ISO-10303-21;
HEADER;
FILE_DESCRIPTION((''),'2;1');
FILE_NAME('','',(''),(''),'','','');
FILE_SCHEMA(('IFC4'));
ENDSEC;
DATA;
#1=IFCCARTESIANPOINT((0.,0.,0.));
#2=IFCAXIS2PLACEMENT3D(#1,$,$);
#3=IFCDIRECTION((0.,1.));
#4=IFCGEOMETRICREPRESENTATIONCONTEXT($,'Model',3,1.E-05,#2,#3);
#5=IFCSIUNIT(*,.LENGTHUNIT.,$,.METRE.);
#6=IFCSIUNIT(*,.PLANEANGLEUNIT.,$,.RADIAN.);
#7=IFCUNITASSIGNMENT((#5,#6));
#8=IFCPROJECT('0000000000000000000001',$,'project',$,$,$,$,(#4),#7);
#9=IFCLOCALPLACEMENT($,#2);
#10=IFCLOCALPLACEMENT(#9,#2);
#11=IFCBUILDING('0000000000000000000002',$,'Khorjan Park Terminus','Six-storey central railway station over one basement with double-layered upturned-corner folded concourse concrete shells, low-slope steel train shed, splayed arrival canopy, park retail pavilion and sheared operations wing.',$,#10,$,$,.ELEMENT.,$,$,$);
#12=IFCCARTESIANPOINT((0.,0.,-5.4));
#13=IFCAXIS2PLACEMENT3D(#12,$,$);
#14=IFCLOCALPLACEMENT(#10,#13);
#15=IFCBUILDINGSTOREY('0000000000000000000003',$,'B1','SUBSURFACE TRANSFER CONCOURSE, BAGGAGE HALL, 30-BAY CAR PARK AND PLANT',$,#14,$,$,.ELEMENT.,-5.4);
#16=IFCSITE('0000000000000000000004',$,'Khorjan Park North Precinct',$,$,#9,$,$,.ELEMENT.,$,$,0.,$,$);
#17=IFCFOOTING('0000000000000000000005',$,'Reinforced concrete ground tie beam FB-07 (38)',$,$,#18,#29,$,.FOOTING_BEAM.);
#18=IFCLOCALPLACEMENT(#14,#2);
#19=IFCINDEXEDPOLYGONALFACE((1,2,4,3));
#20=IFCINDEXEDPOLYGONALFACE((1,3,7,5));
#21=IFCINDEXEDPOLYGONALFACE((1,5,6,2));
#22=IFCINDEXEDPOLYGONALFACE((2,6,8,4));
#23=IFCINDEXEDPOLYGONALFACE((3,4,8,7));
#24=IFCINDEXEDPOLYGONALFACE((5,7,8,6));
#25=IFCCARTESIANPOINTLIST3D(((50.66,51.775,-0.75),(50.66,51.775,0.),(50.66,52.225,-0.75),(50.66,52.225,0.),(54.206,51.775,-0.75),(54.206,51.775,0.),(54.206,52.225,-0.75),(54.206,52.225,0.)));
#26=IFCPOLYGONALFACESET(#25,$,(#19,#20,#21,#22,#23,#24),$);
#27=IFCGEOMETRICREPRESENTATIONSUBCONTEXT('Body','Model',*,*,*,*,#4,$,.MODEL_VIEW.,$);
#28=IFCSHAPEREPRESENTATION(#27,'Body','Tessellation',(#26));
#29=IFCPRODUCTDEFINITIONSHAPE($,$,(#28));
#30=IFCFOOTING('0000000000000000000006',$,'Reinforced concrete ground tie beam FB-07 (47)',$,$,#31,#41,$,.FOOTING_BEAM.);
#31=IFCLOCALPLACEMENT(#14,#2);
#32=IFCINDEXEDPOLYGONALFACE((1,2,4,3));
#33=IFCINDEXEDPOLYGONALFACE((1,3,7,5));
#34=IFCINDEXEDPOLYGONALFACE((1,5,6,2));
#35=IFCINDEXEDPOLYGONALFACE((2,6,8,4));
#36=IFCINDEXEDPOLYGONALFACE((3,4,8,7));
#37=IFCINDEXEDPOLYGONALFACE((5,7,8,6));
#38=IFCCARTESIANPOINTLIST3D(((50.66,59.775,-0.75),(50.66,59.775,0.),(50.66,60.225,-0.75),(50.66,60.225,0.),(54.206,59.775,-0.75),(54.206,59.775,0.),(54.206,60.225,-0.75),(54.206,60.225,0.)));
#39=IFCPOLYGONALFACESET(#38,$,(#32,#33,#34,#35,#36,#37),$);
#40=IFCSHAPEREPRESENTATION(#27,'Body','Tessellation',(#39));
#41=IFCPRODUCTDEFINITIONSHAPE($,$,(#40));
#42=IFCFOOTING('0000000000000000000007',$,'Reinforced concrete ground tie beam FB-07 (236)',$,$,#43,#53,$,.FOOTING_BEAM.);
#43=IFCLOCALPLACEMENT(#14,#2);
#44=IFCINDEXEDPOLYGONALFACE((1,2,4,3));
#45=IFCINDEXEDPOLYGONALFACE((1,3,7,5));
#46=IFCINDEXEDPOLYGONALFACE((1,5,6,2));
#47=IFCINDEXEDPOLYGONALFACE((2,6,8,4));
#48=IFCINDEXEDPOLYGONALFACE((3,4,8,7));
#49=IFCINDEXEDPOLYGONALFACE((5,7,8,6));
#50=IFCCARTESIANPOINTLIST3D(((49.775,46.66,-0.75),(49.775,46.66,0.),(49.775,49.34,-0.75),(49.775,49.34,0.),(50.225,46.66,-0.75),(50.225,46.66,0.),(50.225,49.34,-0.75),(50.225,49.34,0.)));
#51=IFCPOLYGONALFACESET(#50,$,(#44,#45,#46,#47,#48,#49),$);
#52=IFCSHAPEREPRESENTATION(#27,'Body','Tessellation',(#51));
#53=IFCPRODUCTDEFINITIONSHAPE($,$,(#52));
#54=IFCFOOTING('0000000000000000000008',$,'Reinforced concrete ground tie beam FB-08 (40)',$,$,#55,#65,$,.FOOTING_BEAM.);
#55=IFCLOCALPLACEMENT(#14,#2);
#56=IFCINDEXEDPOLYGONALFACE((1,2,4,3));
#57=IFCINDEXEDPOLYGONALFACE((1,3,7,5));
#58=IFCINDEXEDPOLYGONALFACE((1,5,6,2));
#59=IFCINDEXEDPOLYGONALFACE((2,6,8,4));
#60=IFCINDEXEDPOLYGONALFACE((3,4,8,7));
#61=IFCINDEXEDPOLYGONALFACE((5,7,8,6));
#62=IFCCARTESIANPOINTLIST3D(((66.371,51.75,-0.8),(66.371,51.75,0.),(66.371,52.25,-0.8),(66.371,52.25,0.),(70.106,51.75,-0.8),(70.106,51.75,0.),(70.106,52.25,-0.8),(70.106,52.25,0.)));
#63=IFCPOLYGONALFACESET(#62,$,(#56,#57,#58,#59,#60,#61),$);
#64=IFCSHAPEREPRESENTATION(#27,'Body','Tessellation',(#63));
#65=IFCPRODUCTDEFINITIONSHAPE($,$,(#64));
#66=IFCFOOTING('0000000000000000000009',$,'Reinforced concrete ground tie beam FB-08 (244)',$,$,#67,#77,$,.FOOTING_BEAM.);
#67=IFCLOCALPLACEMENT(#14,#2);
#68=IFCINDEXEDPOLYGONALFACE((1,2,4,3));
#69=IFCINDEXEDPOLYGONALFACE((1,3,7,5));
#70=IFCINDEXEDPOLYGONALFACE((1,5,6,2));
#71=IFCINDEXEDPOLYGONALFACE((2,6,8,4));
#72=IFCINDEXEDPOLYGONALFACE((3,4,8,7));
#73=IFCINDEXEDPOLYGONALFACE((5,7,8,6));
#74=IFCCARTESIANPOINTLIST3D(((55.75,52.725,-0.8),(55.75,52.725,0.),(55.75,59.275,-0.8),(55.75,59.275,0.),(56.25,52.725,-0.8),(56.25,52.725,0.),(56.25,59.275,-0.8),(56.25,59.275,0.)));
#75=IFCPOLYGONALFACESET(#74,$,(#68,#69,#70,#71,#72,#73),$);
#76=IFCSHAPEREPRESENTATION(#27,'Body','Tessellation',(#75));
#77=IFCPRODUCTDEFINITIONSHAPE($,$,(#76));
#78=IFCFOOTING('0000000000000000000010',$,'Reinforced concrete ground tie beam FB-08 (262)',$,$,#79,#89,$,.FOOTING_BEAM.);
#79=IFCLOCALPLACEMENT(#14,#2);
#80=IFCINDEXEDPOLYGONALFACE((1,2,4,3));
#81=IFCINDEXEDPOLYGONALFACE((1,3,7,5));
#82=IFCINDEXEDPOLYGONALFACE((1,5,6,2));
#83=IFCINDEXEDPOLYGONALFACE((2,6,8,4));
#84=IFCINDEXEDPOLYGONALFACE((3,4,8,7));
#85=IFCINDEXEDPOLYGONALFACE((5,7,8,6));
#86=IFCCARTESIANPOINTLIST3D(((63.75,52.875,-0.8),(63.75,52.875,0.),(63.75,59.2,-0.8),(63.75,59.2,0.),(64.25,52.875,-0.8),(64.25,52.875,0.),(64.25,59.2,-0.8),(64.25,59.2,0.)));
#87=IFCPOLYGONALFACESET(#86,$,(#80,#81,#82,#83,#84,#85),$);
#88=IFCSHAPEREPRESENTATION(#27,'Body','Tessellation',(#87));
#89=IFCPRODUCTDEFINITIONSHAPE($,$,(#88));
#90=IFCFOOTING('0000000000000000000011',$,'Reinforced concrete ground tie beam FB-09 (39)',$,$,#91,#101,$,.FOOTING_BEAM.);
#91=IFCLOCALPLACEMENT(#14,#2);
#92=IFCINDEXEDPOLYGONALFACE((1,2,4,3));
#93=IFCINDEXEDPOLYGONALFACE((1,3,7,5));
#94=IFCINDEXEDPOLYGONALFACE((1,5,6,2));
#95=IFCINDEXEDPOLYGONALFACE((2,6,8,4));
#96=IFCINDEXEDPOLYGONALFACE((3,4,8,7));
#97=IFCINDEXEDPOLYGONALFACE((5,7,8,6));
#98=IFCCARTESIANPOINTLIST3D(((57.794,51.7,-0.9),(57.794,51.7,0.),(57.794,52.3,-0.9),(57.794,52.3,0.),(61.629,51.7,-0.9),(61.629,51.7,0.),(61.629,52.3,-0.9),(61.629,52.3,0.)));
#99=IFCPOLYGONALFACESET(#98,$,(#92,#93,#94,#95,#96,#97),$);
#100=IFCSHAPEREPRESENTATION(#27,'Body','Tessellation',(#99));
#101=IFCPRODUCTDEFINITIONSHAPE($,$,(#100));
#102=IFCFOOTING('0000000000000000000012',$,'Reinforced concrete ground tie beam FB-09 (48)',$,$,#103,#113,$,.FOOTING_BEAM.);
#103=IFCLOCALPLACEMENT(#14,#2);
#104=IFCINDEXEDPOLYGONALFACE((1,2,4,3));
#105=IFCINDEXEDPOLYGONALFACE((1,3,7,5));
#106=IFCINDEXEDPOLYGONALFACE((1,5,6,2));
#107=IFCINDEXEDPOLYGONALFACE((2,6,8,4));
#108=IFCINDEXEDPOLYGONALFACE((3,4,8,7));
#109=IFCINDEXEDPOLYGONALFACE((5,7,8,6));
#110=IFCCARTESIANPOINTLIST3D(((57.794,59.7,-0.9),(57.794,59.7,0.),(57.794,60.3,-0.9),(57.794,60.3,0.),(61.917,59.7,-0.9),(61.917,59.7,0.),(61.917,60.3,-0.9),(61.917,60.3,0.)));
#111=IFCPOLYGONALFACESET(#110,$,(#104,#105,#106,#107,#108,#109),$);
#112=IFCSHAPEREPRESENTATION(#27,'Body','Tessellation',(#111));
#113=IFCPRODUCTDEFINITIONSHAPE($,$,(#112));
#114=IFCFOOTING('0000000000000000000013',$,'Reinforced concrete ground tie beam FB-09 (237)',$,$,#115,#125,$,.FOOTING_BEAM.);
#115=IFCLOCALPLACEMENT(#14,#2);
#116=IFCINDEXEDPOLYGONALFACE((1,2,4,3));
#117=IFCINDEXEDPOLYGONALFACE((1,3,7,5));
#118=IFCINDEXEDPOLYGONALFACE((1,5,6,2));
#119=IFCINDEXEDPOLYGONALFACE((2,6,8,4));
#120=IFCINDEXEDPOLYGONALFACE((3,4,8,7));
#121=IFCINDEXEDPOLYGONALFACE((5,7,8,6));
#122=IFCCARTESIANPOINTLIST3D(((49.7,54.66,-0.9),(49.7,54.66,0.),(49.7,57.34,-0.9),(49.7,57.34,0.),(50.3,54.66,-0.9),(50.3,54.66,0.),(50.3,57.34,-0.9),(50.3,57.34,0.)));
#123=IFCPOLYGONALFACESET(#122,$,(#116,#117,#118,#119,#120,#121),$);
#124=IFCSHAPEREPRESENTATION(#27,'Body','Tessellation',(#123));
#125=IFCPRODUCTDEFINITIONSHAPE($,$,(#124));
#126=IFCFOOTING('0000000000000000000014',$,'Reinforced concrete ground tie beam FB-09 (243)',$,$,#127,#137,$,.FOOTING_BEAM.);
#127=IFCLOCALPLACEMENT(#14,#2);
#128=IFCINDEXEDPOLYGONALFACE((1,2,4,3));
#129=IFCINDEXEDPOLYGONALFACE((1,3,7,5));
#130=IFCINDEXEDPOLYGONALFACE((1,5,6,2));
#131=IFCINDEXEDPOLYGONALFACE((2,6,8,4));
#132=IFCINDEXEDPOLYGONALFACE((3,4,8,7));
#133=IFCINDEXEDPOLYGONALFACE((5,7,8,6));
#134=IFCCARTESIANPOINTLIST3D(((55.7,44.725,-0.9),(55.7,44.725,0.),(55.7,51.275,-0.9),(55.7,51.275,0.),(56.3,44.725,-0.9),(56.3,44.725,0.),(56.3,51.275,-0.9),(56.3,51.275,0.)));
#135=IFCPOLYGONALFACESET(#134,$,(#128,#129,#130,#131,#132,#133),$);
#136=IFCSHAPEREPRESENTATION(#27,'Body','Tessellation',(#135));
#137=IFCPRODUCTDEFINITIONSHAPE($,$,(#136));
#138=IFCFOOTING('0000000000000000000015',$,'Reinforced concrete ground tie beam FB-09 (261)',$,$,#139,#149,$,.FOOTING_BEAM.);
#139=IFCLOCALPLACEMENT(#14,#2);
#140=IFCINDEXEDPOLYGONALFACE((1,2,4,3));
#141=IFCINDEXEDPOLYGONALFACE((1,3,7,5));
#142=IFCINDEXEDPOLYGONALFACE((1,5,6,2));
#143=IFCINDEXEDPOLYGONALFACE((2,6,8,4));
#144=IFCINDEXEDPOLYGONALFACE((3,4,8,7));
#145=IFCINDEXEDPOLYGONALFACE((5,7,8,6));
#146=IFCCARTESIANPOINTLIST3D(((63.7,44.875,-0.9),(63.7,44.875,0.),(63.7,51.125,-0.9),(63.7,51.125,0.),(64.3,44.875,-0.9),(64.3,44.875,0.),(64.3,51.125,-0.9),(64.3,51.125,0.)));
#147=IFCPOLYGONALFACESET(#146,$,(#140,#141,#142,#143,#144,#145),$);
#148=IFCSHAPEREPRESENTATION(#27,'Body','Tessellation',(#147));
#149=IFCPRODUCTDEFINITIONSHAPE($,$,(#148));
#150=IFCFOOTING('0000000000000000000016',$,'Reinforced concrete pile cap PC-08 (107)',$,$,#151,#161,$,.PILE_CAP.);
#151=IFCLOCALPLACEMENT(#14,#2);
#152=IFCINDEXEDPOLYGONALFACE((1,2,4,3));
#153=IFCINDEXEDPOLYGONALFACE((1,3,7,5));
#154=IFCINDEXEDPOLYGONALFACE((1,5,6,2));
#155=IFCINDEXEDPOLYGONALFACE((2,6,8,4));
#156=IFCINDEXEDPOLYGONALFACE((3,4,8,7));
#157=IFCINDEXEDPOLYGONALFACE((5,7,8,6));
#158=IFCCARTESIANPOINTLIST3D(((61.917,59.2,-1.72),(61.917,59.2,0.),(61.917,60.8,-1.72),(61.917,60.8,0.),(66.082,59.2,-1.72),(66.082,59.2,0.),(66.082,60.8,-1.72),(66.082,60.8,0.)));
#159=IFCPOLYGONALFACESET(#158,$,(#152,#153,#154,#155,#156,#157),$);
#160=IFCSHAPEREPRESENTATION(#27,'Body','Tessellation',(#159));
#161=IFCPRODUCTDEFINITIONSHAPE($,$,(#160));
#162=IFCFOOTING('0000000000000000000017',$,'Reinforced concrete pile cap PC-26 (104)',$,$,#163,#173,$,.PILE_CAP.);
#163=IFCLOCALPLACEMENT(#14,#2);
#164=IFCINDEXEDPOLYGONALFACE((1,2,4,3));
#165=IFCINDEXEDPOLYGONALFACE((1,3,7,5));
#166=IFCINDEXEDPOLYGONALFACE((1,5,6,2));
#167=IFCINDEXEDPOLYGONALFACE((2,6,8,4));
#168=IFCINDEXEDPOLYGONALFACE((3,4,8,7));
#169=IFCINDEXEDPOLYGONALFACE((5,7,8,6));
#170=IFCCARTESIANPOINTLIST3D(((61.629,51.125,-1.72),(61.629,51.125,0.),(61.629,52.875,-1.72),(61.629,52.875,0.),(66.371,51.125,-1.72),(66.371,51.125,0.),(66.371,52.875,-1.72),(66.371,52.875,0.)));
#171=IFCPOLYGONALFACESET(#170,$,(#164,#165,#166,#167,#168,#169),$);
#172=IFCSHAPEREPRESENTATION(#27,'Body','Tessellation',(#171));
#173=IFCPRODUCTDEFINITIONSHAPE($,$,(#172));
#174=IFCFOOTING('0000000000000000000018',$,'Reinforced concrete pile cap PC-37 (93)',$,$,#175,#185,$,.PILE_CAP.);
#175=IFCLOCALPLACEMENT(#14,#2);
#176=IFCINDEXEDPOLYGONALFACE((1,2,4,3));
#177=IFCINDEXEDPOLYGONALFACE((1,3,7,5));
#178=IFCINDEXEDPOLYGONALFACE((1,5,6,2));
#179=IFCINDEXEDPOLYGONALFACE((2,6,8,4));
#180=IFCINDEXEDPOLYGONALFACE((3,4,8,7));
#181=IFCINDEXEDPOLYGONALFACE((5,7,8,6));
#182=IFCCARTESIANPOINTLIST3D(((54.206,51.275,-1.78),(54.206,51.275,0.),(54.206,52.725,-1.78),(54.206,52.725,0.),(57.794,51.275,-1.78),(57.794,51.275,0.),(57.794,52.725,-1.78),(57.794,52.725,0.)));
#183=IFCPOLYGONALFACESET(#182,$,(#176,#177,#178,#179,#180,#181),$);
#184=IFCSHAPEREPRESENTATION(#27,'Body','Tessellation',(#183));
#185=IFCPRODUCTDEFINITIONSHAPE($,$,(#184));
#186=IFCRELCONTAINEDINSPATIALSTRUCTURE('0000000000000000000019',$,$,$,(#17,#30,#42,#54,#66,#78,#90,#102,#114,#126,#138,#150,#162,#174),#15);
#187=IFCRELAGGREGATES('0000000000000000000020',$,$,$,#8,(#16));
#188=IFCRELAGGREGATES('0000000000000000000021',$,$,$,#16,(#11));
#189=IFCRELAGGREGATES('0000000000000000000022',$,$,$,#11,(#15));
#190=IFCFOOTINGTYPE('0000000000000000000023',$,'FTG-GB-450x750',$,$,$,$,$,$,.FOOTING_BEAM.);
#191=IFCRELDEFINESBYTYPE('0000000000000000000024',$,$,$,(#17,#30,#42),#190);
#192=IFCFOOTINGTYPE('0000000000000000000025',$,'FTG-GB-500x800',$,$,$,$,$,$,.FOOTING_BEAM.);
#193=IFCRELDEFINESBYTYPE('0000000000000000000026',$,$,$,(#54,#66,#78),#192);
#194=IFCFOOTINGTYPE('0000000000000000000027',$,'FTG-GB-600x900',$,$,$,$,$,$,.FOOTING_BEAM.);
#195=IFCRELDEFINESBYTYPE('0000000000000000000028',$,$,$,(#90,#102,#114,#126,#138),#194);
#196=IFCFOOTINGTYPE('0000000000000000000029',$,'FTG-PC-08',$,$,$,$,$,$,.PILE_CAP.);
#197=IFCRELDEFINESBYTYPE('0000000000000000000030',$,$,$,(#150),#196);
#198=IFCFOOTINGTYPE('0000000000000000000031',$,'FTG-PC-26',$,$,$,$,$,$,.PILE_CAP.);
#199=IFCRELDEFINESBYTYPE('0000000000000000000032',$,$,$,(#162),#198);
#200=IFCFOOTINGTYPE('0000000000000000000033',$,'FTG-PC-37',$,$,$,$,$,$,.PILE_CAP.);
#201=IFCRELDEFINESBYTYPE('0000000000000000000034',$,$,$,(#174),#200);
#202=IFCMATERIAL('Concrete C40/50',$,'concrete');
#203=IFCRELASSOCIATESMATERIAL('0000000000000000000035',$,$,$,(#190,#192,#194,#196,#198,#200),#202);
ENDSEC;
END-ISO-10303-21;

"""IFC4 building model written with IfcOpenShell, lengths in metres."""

from ifc_helpers import new_model, si_unit, direction, frame, origin, origin_2d, place, context, subcontext, project, spatial, rectangle, extrude, material, material_profile, profile_set, type_object, element, save


model = new_model("IFC4")

# Units and contexts
model_context = context("Model", 3, precision=1e-05, world=origin(), true_north=direction((0.0, 1.0)))
body_context = subcontext(model_context, "Body", "Model", "MODEL_VIEW")
ifc_project = project(units=[si_unit("LENGTHUNIT", "METRE"), si_unit("PLANEANGLEUNIT", "RADIAN")], contexts=[model_context])

# Site, building, storey
site_placement = place(None, origin())
site = spatial("IfcSite", under=ifc_project, at=site_placement, Name="Khorjan Park North Precinct", CompositionType="ELEMENT", RefElevation=0.0)
building_placement = place(site_placement, origin())
building = spatial("IfcBuilding", under=site, at=building_placement, Name="Khorjan Park Terminus", Description="Six-storey central railway station over one basement with double-layered upturned-corner folded concourse concrete shells, low-slope steel train shed, splayed arrival canopy, park retail pavilion and sheared operations wing.", CompositionType="ELEMENT")
storey_placement = place(building_placement, frame((0.0, 0.0, -5.4)))
storey = spatial("IfcBuildingStorey", under=building, at=storey_placement, Name="B1", Description="SUBSURFACE TRANSFER CONCOURSE, BAGGAGE HALL, 30-BAY CAR PARK AND PLANT", CompositionType="ELEMENT", Elevation=-5.4)

# Footings
ifc_material_1 = material(Name="Concrete C40/50", Category="concrete")
ifc_material_profile_1 = material_profile(ifc_material_1, rectangle(XDim=0.45, YDim=0.75, at=origin_2d()), Name="RC 450x750")
ifc_profile_set_1 = profile_set([ifc_material_profile_1], Name="Concrete C40/50")
footing_type_1 = type_object("IfcFootingType", Name="FTG-GB-450x750", PredefinedType="FOOTING_BEAM", material=ifc_profile_set_1)
for number, where, z_axis, x_axis, name in (
    (1, (50.66, 52.0, -0.375), (1.0, 0.0, 0.0), (0.0, 1.0, 0.0), "Reinforced concrete ground tie beam FB-07 (38)"),
    (2, (50.66, 60.0, -0.375), (1.0, 0.0, 0.0), (0.0, 1.0, 0.0), "Reinforced concrete ground tie beam FB-07 (47)"),
):
    element("IfcFooting", number, at=place(storey_placement, frame(where, z_axis=z_axis, x_axis=x_axis)), inside=storey, type_object=footing_type_1, Name=name, PredefinedType="FOOTING_BEAM", context=body_context, shape_type="SweptSolid", body=[
        extrude(rectangle(XDim=0.45, YDim=0.75, at=origin_2d()), origin(), (0.0, 0.0, 1.0), 3.546),
    ])
footing_1_placement = place(storey_placement, frame((50.0, 46.66, -0.375), z_axis=(0.0, 1.0, 0.0), x_axis=(-1.0, 0.0, 0.0)))
element("IfcFooting", 3, at=footing_1_placement, inside=storey, type_object=footing_type_1, Name="Reinforced concrete ground tie beam FB-07 (236)", PredefinedType="FOOTING_BEAM", context=body_context, shape_type="SweptSolid", body=[
    extrude(rectangle(XDim=0.45, YDim=0.75, at=origin_2d()), origin(), (0.0, 0.0, 1.0), 2.68),
])
ifc_material_profile_2 = material_profile(ifc_material_1, rectangle(XDim=0.5, YDim=0.8, at=origin_2d()), Name="RC 500x800")
ifc_profile_set_2 = profile_set([ifc_material_profile_2], Name="Concrete C40/50")
footing_type_2 = type_object("IfcFootingType", Name="FTG-GB-500x800", PredefinedType="FOOTING_BEAM", material=ifc_profile_set_2)
footing_2_placement = place(storey_placement, frame((66.371, 52.0, -0.4), z_axis=(1.0, 0.0, 0.0), x_axis=(0.0, 1.0, 0.0)))
element("IfcFooting", 4, at=footing_2_placement, inside=storey, type_object=footing_type_2, Name="Reinforced concrete ground tie beam FB-08 (40)", PredefinedType="FOOTING_BEAM", context=body_context, shape_type="SweptSolid", body=[
    extrude(rectangle(XDim=0.5, YDim=0.8, at=origin_2d()), origin(), (0.0, 0.0, 1.0), 3.735),
])
footing_3_placement = place(storey_placement, frame((56.0, 52.725, -0.4), z_axis=(0.0, 1.0, 0.0), x_axis=(-1.0, 0.0, 0.0)))
element("IfcFooting", 5, at=footing_3_placement, inside=storey, type_object=footing_type_2, Name="Reinforced concrete ground tie beam FB-08 (244)", PredefinedType="FOOTING_BEAM", context=body_context, shape_type="SweptSolid", body=[
    extrude(rectangle(XDim=0.5, YDim=0.8, at=origin_2d()), origin(), (0.0, 0.0, 1.0), 6.55),
])
footing_4_placement = place(storey_placement, frame((64.0, 52.875, -0.4), z_axis=(0.0, 1.0, 0.0), x_axis=(-1.0, 0.0, 0.0)))
element("IfcFooting", 6, at=footing_4_placement, inside=storey, type_object=footing_type_2, Name="Reinforced concrete ground tie beam FB-08 (262)", PredefinedType="FOOTING_BEAM", context=body_context, shape_type="SweptSolid", body=[
    extrude(rectangle(XDim=0.5, YDim=0.8, at=origin_2d()), origin(), (0.0, 0.0, 1.0), 6.325),
])
ifc_material_profile_3 = material_profile(ifc_material_1, rectangle(XDim=0.6, YDim=0.9, at=origin_2d()), Name="RC 600x900")
ifc_profile_set_3 = profile_set([ifc_material_profile_3], Name="Concrete C40/50")
footing_type_3 = type_object("IfcFootingType", Name="FTG-GB-600x900", PredefinedType="FOOTING_BEAM", material=ifc_profile_set_3)
footing_5_placement = place(storey_placement, frame((57.794, 52.0, -0.45), z_axis=(1.0, 0.0, 0.0), x_axis=(0.0, 1.0, 0.0)))
element("IfcFooting", 7, at=footing_5_placement, inside=storey, type_object=footing_type_3, Name="Reinforced concrete ground tie beam FB-09 (39)", PredefinedType="FOOTING_BEAM", context=body_context, shape_type="SweptSolid", body=[
    extrude(rectangle(XDim=0.6, YDim=0.9, at=origin_2d()), origin(), (0.0, 0.0, 1.0), 3.835),
])
footing_6_placement = place(storey_placement, frame((57.794, 60.0, -0.45), z_axis=(1.0, 0.0, 0.0), x_axis=(0.0, 1.0, 0.0)))
element("IfcFooting", 8, at=footing_6_placement, inside=storey, type_object=footing_type_3, Name="Reinforced concrete ground tie beam FB-09 (48)", PredefinedType="FOOTING_BEAM", context=body_context, shape_type="SweptSolid", body=[
    extrude(rectangle(XDim=0.6, YDim=0.9, at=origin_2d()), origin(), (0.0, 0.0, 1.0), 4.123),
])
footing_7_placement = place(storey_placement, frame((50.0, 54.66, -0.45), z_axis=(0.0, 1.0, 0.0), x_axis=(-1.0, 0.0, 0.0)))
element("IfcFooting", 9, at=footing_7_placement, inside=storey, type_object=footing_type_3, Name="Reinforced concrete ground tie beam FB-09 (237)", PredefinedType="FOOTING_BEAM", context=body_context, shape_type="SweptSolid", body=[
    extrude(rectangle(XDim=0.6, YDim=0.9, at=origin_2d()), origin(), (0.0, 0.0, 1.0), 2.68),
])
footing_8_placement = place(storey_placement, frame((56.0, 44.725, -0.45), z_axis=(0.0, 1.0, 0.0), x_axis=(-1.0, 0.0, 0.0)))
element("IfcFooting", 10, at=footing_8_placement, inside=storey, type_object=footing_type_3, Name="Reinforced concrete ground tie beam FB-09 (243)", PredefinedType="FOOTING_BEAM", context=body_context, shape_type="SweptSolid", body=[
    extrude(rectangle(XDim=0.6, YDim=0.9, at=origin_2d()), origin(), (0.0, 0.0, 1.0), 6.55),
])
footing_9_placement = place(storey_placement, frame((64.0, 44.875, -0.45), z_axis=(0.0, 1.0, 0.0), x_axis=(-1.0, 0.0, 0.0)))
element("IfcFooting", 11, at=footing_9_placement, inside=storey, type_object=footing_type_3, Name="Reinforced concrete ground tie beam FB-09 (261)", PredefinedType="FOOTING_BEAM", context=body_context, shape_type="SweptSolid", body=[
    extrude(rectangle(XDim=0.6, YDim=0.9, at=origin_2d()), origin(), (0.0, 0.0, 1.0), 6.25),
])
footing_type_4 = type_object("IfcFootingType", Name="FTG-PC-08", PredefinedType="PILE_CAP", material=ifc_material_1)
footing_10_placement = place(storey_placement, frame((63.9995, 60.0, -1.72), z_axis=(0.0, 0.0, 1.0), x_axis=(1.0, 0.0, 0.0)))
element("IfcFooting", 12, at=footing_10_placement, inside=storey, type_object=footing_type_4, Name="Reinforced concrete pile cap PC-08 (107)", PredefinedType="PILE_CAP", context=body_context, shape_type="SweptSolid", body=[
    extrude(rectangle(XDim=4.165, YDim=1.6, at=origin_2d()), origin(), (0.0, 0.0, 1.0), 1.72),
])
footing_type_5 = type_object("IfcFootingType", Name="FTG-PC-26", PredefinedType="PILE_CAP", material=ifc_material_1)
footing_11_placement = place(storey_placement, frame((64.0, 52.0, -1.72), z_axis=(0.0, 0.0, 1.0), x_axis=(1.0, 0.0, 0.0)))
element("IfcFooting", 13, at=footing_11_placement, inside=storey, type_object=footing_type_5, Name="Reinforced concrete pile cap PC-26 (104)", PredefinedType="PILE_CAP", context=body_context, shape_type="SweptSolid", body=[
    extrude(rectangle(XDim=4.742, YDim=1.75, at=origin_2d()), origin(), (0.0, 0.0, 1.0), 1.72),
])
footing_type_6 = type_object("IfcFootingType", Name="FTG-PC-37", PredefinedType="PILE_CAP", material=ifc_material_1)
footing_12_placement = place(storey_placement, frame((56.0, 52.0, -1.78), z_axis=(0.0, 0.0, 1.0), x_axis=(1.0, 0.0, 0.0)))
element("IfcFooting", 14, at=footing_12_placement, inside=storey, type_object=footing_type_6, Name="Reinforced concrete pile cap PC-37 (93)", PredefinedType="PILE_CAP", context=body_context, shape_type="SweptSolid", body=[
    extrude(rectangle(XDim=3.588, YDim=1.45, at=origin_2d()), origin(), (0.0, 0.0, 1.0), 1.78),
])

save(model, "model.ifc")
